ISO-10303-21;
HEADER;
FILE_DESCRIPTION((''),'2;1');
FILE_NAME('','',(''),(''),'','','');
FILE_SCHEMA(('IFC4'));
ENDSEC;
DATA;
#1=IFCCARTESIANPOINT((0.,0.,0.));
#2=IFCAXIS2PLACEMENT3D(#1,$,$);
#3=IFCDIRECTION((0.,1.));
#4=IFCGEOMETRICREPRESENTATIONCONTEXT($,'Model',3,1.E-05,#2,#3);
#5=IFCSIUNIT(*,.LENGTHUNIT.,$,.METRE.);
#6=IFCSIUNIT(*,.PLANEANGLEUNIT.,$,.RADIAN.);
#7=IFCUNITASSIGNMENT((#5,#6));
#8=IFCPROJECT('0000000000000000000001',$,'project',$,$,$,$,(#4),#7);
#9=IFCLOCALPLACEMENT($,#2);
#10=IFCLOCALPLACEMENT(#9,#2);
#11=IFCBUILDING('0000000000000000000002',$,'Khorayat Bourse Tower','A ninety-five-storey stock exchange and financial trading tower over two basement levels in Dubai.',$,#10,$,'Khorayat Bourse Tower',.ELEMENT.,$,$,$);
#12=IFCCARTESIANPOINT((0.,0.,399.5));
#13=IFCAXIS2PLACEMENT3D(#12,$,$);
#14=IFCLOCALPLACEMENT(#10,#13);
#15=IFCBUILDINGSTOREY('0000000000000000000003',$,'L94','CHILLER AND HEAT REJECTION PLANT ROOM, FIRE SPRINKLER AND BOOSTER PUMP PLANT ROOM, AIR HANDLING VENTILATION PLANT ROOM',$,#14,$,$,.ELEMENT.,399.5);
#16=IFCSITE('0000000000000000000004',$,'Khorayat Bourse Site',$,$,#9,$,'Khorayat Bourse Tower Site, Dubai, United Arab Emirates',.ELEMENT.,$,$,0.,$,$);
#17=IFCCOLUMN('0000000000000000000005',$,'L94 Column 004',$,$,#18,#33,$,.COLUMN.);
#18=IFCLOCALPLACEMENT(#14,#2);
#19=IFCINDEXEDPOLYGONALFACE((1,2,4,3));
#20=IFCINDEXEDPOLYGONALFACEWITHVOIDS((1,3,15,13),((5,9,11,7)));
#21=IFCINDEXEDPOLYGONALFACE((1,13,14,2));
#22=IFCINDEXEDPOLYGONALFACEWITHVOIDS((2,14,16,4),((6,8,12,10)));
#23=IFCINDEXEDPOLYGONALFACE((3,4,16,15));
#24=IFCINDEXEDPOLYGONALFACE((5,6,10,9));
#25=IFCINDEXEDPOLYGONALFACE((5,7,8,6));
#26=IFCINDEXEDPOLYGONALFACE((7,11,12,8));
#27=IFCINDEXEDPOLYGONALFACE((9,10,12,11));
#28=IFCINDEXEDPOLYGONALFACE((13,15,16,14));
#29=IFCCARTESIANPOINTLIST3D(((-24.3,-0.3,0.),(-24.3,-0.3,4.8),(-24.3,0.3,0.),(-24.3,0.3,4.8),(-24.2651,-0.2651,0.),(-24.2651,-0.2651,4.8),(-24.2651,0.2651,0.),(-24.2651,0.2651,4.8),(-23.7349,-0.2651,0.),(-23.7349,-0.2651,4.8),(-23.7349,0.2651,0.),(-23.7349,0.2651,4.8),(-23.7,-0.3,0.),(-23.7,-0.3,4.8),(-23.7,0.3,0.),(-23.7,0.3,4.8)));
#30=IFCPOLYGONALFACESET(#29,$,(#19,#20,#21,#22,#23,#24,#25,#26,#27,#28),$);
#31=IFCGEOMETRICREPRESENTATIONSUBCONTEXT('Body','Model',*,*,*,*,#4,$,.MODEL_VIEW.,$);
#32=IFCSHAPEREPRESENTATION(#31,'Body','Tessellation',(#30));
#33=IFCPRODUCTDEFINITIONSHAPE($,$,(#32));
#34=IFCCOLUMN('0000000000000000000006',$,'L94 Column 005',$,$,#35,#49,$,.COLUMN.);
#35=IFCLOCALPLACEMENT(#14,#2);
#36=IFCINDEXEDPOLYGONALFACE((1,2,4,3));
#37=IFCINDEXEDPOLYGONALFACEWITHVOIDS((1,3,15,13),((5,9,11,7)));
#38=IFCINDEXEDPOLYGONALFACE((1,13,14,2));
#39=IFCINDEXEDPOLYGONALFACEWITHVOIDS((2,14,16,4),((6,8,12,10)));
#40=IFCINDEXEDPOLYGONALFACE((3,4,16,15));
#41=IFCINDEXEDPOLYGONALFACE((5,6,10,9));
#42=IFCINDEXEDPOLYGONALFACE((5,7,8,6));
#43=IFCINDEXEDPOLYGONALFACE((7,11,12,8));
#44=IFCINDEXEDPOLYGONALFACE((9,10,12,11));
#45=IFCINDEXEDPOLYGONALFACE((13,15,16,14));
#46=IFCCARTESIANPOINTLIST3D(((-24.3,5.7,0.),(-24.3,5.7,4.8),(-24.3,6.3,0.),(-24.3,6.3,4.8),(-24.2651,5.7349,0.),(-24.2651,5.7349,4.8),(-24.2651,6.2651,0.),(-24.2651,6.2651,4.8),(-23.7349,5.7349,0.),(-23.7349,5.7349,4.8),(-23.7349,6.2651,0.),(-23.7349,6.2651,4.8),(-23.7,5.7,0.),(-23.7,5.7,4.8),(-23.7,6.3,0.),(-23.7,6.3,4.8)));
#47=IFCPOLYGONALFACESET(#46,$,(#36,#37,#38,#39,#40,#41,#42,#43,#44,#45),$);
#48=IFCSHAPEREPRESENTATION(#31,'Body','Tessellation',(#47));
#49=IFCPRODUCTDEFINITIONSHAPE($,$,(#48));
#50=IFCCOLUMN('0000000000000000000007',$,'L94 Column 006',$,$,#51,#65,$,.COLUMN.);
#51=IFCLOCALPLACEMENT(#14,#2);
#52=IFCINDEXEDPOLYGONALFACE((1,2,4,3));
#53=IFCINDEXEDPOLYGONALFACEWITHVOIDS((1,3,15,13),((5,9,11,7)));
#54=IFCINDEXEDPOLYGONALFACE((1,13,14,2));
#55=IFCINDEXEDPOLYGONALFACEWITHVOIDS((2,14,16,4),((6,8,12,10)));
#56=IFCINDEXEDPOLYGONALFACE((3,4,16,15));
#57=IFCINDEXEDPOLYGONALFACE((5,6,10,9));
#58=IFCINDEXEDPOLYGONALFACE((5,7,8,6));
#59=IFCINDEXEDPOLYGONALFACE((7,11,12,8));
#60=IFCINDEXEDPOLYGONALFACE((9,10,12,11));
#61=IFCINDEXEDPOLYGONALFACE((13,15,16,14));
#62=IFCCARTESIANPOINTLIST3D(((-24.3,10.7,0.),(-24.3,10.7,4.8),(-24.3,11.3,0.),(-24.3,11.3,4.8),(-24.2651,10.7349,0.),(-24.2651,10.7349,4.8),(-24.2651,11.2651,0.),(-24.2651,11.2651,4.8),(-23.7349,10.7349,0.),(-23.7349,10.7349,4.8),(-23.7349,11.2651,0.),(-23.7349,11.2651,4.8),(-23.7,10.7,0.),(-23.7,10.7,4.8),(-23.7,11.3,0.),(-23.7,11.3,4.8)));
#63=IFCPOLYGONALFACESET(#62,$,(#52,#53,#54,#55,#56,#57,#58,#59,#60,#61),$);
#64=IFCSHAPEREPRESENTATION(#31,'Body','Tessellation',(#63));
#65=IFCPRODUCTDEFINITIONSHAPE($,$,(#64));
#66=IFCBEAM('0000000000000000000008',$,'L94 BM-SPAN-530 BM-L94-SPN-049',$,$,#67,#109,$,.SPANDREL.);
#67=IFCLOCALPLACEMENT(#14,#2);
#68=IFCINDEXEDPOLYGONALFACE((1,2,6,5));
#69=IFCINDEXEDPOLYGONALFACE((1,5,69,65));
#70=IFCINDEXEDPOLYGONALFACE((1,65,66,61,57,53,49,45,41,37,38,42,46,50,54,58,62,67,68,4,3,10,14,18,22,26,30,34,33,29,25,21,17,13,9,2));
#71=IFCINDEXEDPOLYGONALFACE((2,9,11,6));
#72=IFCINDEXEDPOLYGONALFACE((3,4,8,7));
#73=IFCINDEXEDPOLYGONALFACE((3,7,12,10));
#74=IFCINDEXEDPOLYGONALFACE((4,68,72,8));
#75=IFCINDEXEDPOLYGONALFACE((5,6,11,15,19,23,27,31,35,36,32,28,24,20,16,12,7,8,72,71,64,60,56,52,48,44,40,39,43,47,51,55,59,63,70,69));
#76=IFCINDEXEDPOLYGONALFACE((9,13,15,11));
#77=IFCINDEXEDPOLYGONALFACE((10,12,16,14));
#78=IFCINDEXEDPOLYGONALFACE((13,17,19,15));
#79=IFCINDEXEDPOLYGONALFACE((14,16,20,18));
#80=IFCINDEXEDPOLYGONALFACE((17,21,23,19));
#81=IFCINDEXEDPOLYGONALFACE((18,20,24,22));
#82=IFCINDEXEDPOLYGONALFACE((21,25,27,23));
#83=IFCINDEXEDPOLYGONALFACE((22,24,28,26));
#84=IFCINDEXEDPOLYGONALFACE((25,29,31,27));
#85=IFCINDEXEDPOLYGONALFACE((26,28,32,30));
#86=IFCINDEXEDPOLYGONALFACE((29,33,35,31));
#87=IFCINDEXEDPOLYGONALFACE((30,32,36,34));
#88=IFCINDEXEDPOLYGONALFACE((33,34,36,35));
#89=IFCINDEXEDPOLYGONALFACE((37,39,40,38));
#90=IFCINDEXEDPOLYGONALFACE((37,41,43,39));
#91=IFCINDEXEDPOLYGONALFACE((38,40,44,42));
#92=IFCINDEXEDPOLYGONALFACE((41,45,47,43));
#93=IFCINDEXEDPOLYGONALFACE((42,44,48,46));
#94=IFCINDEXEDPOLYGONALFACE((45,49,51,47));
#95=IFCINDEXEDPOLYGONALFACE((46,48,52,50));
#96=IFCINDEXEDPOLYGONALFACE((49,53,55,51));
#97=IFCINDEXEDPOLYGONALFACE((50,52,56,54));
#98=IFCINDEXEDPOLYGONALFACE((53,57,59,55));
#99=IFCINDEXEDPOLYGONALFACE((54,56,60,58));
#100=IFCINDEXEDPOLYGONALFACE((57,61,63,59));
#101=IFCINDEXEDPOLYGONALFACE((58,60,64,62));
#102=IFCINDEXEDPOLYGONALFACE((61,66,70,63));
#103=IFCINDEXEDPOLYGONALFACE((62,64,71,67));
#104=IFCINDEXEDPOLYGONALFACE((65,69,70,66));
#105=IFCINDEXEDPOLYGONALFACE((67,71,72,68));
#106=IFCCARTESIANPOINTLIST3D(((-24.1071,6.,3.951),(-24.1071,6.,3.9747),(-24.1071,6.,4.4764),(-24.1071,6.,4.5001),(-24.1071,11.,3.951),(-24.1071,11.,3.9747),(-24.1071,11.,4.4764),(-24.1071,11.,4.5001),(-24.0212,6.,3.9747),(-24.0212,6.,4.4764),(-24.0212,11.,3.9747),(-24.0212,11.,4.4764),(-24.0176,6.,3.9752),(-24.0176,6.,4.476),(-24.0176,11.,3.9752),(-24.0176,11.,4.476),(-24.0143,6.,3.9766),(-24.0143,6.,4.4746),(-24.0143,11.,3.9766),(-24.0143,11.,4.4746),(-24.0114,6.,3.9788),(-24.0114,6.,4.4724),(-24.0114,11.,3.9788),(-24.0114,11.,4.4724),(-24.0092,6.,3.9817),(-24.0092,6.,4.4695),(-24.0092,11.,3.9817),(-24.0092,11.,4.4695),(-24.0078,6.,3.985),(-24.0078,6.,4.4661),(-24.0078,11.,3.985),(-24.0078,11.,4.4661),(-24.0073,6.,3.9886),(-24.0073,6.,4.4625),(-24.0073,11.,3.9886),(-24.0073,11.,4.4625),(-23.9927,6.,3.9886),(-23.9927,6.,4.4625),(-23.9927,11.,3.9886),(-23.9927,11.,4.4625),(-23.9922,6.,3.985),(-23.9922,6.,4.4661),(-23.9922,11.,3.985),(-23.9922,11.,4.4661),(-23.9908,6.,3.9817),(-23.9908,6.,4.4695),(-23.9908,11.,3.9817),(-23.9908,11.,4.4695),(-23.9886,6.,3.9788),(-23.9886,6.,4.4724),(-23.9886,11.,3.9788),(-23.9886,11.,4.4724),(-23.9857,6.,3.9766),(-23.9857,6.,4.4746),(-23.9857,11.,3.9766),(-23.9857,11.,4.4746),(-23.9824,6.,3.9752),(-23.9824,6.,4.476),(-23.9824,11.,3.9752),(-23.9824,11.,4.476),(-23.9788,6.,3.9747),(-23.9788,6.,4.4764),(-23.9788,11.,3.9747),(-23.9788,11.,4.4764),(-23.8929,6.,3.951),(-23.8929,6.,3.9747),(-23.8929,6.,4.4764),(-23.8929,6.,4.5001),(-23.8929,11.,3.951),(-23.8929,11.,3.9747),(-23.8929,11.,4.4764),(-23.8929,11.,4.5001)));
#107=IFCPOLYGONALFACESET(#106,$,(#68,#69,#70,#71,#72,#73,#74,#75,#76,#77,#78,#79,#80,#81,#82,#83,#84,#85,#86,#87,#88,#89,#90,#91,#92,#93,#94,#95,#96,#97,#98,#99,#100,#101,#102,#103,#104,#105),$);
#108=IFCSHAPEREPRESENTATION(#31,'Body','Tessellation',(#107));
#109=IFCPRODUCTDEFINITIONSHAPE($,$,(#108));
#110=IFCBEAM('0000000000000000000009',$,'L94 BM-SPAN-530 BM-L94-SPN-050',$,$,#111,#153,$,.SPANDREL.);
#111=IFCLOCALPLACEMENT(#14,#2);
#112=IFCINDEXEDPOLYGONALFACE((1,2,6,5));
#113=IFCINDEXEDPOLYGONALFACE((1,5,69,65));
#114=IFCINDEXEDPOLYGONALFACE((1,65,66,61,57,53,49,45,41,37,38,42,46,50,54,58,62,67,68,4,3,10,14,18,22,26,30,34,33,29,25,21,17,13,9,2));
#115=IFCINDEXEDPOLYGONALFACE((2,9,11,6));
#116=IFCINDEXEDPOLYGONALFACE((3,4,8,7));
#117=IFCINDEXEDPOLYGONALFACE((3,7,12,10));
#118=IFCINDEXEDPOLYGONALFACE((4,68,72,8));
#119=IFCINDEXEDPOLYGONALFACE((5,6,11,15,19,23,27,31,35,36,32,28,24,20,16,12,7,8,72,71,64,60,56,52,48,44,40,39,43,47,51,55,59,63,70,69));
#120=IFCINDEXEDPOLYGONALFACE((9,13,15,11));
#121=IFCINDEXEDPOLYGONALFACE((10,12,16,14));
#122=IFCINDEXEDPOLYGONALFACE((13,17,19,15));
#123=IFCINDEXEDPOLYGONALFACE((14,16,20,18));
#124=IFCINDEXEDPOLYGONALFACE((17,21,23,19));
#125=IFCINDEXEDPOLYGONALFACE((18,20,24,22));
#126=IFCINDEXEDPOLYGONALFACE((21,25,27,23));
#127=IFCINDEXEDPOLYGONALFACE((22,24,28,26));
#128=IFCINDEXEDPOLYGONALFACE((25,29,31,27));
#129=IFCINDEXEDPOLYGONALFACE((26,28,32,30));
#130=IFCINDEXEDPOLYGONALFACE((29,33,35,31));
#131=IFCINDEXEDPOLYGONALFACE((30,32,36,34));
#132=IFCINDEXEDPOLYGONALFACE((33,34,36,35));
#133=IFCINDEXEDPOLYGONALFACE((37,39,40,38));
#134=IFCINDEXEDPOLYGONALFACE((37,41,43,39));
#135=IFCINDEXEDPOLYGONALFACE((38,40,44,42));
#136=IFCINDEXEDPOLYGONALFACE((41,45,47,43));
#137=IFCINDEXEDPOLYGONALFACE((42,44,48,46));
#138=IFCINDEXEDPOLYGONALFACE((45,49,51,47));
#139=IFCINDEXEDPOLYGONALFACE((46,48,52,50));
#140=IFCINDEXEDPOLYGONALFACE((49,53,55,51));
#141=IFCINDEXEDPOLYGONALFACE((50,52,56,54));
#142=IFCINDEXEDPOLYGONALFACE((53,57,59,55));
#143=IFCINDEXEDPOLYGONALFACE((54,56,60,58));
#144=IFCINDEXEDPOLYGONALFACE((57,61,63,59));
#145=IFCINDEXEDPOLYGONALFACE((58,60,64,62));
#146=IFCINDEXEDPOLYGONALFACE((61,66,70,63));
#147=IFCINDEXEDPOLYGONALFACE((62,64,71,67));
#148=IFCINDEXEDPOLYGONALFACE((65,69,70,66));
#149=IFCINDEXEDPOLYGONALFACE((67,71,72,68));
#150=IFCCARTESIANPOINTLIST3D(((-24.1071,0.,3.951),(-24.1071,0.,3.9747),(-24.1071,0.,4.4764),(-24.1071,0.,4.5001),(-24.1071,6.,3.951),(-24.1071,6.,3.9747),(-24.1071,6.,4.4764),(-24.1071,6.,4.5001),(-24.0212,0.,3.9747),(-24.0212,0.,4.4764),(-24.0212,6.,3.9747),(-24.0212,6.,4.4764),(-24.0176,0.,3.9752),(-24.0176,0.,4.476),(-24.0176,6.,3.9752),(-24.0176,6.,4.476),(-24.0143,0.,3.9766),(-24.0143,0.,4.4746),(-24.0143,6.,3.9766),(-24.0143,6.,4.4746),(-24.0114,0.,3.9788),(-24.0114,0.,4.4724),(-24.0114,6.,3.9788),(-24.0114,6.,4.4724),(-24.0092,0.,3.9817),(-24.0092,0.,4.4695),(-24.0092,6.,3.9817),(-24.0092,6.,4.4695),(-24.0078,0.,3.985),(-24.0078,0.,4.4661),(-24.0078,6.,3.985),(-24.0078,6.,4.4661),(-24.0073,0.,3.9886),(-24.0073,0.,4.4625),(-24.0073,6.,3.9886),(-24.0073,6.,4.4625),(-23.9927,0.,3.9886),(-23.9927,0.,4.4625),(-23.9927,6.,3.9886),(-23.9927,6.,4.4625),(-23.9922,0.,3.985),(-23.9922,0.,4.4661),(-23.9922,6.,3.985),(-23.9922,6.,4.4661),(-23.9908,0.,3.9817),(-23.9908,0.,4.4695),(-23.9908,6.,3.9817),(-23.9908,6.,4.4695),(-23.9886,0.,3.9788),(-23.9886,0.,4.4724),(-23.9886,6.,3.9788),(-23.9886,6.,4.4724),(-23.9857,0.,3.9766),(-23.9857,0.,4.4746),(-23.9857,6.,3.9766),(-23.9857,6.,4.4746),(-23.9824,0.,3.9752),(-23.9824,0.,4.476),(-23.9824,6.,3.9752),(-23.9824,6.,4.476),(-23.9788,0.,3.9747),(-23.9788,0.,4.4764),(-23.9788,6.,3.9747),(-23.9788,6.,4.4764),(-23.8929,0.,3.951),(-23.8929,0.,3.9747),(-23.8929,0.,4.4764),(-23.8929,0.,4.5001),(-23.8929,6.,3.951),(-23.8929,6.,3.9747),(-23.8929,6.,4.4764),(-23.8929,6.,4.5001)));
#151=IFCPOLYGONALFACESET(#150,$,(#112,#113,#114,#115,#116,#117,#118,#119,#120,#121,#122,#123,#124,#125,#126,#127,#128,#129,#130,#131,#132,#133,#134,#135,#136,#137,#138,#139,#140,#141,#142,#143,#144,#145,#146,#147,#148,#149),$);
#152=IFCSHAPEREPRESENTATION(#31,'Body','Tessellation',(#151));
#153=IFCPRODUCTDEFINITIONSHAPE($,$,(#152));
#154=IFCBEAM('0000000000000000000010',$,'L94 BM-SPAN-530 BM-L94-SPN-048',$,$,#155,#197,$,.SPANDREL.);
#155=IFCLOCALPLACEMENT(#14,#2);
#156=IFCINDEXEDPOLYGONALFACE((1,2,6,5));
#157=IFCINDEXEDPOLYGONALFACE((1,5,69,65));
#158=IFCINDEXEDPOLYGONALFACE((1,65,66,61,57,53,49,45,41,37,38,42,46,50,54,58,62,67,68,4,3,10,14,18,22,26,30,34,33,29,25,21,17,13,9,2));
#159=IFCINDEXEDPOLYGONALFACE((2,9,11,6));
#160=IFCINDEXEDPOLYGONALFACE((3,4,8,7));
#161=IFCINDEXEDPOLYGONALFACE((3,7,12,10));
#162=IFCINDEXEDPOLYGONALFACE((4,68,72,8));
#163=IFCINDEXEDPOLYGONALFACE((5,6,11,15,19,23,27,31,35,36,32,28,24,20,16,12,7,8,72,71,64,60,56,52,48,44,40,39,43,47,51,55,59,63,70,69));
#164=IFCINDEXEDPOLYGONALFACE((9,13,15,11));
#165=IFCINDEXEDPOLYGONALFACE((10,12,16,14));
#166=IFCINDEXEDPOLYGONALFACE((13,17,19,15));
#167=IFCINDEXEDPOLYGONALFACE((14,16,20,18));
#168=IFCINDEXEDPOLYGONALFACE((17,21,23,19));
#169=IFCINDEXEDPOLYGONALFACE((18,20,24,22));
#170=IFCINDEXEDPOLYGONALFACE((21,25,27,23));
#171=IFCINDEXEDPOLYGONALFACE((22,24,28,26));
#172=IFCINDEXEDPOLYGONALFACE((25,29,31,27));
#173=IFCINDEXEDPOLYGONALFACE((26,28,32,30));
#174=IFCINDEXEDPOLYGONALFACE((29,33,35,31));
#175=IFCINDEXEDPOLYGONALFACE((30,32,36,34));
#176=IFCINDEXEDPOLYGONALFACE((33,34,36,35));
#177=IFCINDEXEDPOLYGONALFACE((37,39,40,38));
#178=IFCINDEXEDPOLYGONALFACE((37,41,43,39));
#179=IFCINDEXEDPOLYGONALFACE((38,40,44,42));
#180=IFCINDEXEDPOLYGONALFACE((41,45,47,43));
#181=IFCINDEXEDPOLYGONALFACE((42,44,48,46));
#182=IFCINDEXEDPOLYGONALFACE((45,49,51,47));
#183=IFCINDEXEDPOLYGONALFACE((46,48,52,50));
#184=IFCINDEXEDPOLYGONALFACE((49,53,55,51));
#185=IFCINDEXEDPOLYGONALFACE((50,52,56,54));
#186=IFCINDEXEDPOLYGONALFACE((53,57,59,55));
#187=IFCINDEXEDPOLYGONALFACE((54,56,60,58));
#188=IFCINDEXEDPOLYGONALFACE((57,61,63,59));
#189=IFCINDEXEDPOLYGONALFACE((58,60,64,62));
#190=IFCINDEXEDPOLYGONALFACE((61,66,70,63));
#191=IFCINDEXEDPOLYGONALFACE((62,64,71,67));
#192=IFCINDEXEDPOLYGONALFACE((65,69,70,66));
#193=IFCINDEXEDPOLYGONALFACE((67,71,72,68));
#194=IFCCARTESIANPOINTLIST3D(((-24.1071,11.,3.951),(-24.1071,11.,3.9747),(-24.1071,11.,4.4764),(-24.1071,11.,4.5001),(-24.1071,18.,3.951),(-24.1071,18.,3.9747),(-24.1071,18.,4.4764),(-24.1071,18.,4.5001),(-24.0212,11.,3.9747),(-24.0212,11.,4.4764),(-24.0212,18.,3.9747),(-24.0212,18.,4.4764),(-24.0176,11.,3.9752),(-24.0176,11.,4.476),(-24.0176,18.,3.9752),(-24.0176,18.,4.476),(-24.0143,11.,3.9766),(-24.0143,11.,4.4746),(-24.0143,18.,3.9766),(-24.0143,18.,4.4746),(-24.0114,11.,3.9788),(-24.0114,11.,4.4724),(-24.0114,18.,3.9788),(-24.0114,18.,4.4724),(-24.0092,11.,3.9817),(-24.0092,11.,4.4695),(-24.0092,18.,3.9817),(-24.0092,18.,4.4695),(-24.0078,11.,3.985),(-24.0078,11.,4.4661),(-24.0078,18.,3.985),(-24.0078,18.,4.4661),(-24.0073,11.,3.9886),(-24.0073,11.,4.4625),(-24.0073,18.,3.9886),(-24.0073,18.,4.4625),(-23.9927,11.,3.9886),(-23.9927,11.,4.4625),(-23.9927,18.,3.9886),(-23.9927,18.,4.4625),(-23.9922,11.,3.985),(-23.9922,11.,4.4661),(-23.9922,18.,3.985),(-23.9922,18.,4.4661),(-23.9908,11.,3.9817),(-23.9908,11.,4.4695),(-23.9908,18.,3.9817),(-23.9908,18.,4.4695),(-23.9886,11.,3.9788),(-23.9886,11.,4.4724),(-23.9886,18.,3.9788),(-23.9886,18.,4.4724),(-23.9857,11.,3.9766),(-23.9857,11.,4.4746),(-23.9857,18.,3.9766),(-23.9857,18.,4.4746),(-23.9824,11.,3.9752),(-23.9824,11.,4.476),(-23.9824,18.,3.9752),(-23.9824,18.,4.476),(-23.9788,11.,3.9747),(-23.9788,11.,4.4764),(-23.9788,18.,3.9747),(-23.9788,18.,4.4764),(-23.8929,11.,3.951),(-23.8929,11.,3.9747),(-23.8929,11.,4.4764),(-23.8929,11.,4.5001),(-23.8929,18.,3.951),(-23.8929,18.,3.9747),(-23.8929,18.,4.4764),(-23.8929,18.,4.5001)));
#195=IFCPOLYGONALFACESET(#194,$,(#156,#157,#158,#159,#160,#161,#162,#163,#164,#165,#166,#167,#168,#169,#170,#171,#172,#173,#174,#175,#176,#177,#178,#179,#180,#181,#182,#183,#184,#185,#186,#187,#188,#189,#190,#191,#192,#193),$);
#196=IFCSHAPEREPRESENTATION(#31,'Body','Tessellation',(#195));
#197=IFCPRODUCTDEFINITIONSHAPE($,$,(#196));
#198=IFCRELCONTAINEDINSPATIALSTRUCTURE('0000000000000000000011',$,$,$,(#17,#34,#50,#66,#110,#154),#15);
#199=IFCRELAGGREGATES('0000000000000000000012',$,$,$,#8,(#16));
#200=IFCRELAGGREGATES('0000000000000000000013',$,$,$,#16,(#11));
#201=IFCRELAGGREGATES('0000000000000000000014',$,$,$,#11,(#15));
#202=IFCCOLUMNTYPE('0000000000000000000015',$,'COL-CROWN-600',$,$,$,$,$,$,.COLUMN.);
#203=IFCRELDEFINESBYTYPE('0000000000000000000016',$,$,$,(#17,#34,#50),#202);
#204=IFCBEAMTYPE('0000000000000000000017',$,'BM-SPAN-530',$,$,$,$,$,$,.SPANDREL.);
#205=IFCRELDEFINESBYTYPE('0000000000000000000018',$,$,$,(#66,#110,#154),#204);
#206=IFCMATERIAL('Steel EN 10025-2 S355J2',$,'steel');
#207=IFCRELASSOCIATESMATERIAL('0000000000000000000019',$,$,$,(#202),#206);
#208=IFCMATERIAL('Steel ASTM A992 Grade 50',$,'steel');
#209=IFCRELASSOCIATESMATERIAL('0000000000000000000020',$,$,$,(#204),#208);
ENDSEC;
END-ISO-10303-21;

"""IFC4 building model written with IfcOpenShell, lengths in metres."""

from ifc_helpers import new_model, si_unit, direction, frame, origin, origin_2d, place, context, subcontext, project, spatial, hollow_rectangle, i_section, extrude, source, transform, mapped, material, material_profile, profile_set, type_object, element, save


model = new_model("IFC4")

# Units and contexts
model_context = context("Model", 3, precision=1e-05, world=origin(), true_north=direction((0.0, 1.0)))
body_context = subcontext(model_context, "Body", "Model", "MODEL_VIEW")
ifc_project = project(units=[si_unit("LENGTHUNIT", "METRE"), si_unit("PLANEANGLEUNIT", "RADIAN")], contexts=[model_context])

# Site, building, storey
site_placement = place(None, origin())
site = spatial("IfcSite", under=ifc_project, at=site_placement, Name="Khorayat Bourse Site", LongName="Khorayat Bourse Tower Site, Dubai, United Arab Emirates", CompositionType="ELEMENT", RefElevation=0.0)
building_placement = place(site_placement, origin())
building = spatial("IfcBuilding", under=site, at=building_placement, Name="Khorayat Bourse Tower", Description="A ninety-five-storey stock exchange and financial trading tower over two basement levels in Dubai.", LongName="Khorayat Bourse Tower", CompositionType="ELEMENT")
storey_placement = place(building_placement, frame((0.0, 0.0, 399.5)))
storey = spatial("IfcBuildingStorey", under=building, at=storey_placement, Name="L94", Description="CHILLER AND HEAT REJECTION PLANT ROOM, FIRE SPRINKLER AND BOOSTER PUMP PLANT ROOM, AIR HANDLING VENTILATION PLANT ROOM", CompositionType="ELEMENT", Elevation=399.5)

# Columns
ifc_material_1 = material(Name="Steel EN 10025-2 S355J2", Category="steel")
ifc_material_profile_1 = material_profile(ifc_material_1, hollow_rectangle(XDim=0.6001, YDim=0.6001, WallThickness=0.0349, at=origin_2d()), Name="BOX 600x600x35")
ifc_profile_set_1 = profile_set([ifc_material_profile_1], Name="Steel EN 10025-2 S355J2")
column_type = type_object("IfcColumnType", Name="COL-CROWN-600", PredefinedType="COLUMN", material=ifc_profile_set_1)
shared_shape_1 = source(origin(), body_context, "Body", "SweptSolid", [
    extrude(hollow_rectangle(XDim=0.6001, YDim=0.6001, WallThickness=0.0349, at=origin_2d()), origin(), (0.0, 0.0, 1.0), 4.8),
])
for number, where, z_axis, x_axis, name in (
    (1, (-24.0, 0.0, 0.0), (0.0, 0.0, 1.0), (1.0, 0.0, 0.0), "L94 Column 004"),
    (2, (-24.0, 6.0, 0.0), (0.0, 0.0, 1.0), (1.0, 0.0, 0.0), "L94 Column 005"),
    (3, (-24.0, 11.0, 0.0), (0.0, 0.0, 1.0), (1.0, 0.0, 0.0), "L94 Column 006"),
):
    element("IfcColumn", number, at=place(storey_placement, frame(where, z_axis=z_axis, x_axis=x_axis)), inside=storey, type_object=column_type, Name=name, PredefinedType="COLUMN", context=body_context, shape_type="MappedRepresentation", body=[
        mapped(shared_shape_1, transform((0.0, 0.0, 0.0), scale=1.0)),
    ])

# Beams
ifc_material_2 = material(Name="Steel ASTM A992 Grade 50", Category="steel")
ifc_material_profile_2 = material_profile(ifc_material_2, i_section(OverallWidth=0.2141, OverallDepth=0.5491, WebThickness=0.0146, FlangeThickness=0.0237, FilletRadius=0.0139, at=origin_2d()), Name="W530X138")
ifc_profile_set_2 = profile_set([ifc_material_profile_2], Name="Steel ASTM A992 Grade 50")
beam_type_1 = type_object("IfcBeamType", Name="BM-SPAN-530", PredefinedType="SPANDREL", material=ifc_profile_set_2)
shared_shape_2 = source(origin(), body_context, "Body", "SweptSolid", [
    extrude(i_section(OverallWidth=0.2141, OverallDepth=0.5491, WebThickness=0.0146, FlangeThickness=0.0237, FilletRadius=0.0139, at=origin_2d()), origin(), (0.0, 0.0, 1.0), 5.0),
])
beam_1_placement = place(storey_placement, frame((-24.0, 6.0, 4.2256), z_axis=(0.0, 1.0, 0.0), x_axis=(-1.0, 0.0, 0.0)))
element("IfcBeam", 4, at=beam_1_placement, inside=storey, type_object=beam_type_1, Name="L94 BM-SPAN-530 BM-L94-SPN-049", PredefinedType="SPANDREL", context=body_context, shape_type="MappedRepresentation", body=[
    mapped(shared_shape_2, transform((0.0, 0.0, 0.0), scale=1.0)),
])
shared_shape_3 = source(origin(), body_context, "Body", "SweptSolid", [
    extrude(i_section(OverallWidth=0.2141, OverallDepth=0.5491, WebThickness=0.0146, FlangeThickness=0.0237, FilletRadius=0.0139, at=origin_2d()), origin(), (0.0, 0.0, 1.0), 6.0),
])
beam_2_placement = place(storey_placement, frame((-24.0, 0.0, 4.2256), z_axis=(0.0, 1.0, 0.0), x_axis=(-1.0, 0.0, 0.0)))
element("IfcBeam", 5, at=beam_2_placement, inside=storey, type_object=beam_type_1, Name="L94 BM-SPAN-530 BM-L94-SPN-050", PredefinedType="SPANDREL", context=body_context, shape_type="MappedRepresentation", body=[
    mapped(shared_shape_3, transform((0.0, 0.0, 0.0), scale=1.0)),
])
shared_shape_4 = source(origin(), body_context, "Body", "SweptSolid", [
    extrude(i_section(OverallWidth=0.2141, OverallDepth=0.5491, WebThickness=0.0146, FlangeThickness=0.0237, FilletRadius=0.0139, at=origin_2d()), origin(), (0.0, 0.0, 1.0), 7.0),
])
beam_3_placement = place(storey_placement, frame((-24.0, 11.0, 4.2256), z_axis=(0.0, 1.0, 0.0), x_axis=(-1.0, 0.0, 0.0)))
element("IfcBeam", 6, at=beam_3_placement, inside=storey, type_object=beam_type_1, Name="L94 BM-SPAN-530 BM-L94-SPN-048", PredefinedType="SPANDREL", context=body_context, shape_type="MappedRepresentation", body=[
    mapped(shared_shape_4, transform((0.0, 0.0, 0.0), scale=1.0)),
])

save(model, "model.ifc")
